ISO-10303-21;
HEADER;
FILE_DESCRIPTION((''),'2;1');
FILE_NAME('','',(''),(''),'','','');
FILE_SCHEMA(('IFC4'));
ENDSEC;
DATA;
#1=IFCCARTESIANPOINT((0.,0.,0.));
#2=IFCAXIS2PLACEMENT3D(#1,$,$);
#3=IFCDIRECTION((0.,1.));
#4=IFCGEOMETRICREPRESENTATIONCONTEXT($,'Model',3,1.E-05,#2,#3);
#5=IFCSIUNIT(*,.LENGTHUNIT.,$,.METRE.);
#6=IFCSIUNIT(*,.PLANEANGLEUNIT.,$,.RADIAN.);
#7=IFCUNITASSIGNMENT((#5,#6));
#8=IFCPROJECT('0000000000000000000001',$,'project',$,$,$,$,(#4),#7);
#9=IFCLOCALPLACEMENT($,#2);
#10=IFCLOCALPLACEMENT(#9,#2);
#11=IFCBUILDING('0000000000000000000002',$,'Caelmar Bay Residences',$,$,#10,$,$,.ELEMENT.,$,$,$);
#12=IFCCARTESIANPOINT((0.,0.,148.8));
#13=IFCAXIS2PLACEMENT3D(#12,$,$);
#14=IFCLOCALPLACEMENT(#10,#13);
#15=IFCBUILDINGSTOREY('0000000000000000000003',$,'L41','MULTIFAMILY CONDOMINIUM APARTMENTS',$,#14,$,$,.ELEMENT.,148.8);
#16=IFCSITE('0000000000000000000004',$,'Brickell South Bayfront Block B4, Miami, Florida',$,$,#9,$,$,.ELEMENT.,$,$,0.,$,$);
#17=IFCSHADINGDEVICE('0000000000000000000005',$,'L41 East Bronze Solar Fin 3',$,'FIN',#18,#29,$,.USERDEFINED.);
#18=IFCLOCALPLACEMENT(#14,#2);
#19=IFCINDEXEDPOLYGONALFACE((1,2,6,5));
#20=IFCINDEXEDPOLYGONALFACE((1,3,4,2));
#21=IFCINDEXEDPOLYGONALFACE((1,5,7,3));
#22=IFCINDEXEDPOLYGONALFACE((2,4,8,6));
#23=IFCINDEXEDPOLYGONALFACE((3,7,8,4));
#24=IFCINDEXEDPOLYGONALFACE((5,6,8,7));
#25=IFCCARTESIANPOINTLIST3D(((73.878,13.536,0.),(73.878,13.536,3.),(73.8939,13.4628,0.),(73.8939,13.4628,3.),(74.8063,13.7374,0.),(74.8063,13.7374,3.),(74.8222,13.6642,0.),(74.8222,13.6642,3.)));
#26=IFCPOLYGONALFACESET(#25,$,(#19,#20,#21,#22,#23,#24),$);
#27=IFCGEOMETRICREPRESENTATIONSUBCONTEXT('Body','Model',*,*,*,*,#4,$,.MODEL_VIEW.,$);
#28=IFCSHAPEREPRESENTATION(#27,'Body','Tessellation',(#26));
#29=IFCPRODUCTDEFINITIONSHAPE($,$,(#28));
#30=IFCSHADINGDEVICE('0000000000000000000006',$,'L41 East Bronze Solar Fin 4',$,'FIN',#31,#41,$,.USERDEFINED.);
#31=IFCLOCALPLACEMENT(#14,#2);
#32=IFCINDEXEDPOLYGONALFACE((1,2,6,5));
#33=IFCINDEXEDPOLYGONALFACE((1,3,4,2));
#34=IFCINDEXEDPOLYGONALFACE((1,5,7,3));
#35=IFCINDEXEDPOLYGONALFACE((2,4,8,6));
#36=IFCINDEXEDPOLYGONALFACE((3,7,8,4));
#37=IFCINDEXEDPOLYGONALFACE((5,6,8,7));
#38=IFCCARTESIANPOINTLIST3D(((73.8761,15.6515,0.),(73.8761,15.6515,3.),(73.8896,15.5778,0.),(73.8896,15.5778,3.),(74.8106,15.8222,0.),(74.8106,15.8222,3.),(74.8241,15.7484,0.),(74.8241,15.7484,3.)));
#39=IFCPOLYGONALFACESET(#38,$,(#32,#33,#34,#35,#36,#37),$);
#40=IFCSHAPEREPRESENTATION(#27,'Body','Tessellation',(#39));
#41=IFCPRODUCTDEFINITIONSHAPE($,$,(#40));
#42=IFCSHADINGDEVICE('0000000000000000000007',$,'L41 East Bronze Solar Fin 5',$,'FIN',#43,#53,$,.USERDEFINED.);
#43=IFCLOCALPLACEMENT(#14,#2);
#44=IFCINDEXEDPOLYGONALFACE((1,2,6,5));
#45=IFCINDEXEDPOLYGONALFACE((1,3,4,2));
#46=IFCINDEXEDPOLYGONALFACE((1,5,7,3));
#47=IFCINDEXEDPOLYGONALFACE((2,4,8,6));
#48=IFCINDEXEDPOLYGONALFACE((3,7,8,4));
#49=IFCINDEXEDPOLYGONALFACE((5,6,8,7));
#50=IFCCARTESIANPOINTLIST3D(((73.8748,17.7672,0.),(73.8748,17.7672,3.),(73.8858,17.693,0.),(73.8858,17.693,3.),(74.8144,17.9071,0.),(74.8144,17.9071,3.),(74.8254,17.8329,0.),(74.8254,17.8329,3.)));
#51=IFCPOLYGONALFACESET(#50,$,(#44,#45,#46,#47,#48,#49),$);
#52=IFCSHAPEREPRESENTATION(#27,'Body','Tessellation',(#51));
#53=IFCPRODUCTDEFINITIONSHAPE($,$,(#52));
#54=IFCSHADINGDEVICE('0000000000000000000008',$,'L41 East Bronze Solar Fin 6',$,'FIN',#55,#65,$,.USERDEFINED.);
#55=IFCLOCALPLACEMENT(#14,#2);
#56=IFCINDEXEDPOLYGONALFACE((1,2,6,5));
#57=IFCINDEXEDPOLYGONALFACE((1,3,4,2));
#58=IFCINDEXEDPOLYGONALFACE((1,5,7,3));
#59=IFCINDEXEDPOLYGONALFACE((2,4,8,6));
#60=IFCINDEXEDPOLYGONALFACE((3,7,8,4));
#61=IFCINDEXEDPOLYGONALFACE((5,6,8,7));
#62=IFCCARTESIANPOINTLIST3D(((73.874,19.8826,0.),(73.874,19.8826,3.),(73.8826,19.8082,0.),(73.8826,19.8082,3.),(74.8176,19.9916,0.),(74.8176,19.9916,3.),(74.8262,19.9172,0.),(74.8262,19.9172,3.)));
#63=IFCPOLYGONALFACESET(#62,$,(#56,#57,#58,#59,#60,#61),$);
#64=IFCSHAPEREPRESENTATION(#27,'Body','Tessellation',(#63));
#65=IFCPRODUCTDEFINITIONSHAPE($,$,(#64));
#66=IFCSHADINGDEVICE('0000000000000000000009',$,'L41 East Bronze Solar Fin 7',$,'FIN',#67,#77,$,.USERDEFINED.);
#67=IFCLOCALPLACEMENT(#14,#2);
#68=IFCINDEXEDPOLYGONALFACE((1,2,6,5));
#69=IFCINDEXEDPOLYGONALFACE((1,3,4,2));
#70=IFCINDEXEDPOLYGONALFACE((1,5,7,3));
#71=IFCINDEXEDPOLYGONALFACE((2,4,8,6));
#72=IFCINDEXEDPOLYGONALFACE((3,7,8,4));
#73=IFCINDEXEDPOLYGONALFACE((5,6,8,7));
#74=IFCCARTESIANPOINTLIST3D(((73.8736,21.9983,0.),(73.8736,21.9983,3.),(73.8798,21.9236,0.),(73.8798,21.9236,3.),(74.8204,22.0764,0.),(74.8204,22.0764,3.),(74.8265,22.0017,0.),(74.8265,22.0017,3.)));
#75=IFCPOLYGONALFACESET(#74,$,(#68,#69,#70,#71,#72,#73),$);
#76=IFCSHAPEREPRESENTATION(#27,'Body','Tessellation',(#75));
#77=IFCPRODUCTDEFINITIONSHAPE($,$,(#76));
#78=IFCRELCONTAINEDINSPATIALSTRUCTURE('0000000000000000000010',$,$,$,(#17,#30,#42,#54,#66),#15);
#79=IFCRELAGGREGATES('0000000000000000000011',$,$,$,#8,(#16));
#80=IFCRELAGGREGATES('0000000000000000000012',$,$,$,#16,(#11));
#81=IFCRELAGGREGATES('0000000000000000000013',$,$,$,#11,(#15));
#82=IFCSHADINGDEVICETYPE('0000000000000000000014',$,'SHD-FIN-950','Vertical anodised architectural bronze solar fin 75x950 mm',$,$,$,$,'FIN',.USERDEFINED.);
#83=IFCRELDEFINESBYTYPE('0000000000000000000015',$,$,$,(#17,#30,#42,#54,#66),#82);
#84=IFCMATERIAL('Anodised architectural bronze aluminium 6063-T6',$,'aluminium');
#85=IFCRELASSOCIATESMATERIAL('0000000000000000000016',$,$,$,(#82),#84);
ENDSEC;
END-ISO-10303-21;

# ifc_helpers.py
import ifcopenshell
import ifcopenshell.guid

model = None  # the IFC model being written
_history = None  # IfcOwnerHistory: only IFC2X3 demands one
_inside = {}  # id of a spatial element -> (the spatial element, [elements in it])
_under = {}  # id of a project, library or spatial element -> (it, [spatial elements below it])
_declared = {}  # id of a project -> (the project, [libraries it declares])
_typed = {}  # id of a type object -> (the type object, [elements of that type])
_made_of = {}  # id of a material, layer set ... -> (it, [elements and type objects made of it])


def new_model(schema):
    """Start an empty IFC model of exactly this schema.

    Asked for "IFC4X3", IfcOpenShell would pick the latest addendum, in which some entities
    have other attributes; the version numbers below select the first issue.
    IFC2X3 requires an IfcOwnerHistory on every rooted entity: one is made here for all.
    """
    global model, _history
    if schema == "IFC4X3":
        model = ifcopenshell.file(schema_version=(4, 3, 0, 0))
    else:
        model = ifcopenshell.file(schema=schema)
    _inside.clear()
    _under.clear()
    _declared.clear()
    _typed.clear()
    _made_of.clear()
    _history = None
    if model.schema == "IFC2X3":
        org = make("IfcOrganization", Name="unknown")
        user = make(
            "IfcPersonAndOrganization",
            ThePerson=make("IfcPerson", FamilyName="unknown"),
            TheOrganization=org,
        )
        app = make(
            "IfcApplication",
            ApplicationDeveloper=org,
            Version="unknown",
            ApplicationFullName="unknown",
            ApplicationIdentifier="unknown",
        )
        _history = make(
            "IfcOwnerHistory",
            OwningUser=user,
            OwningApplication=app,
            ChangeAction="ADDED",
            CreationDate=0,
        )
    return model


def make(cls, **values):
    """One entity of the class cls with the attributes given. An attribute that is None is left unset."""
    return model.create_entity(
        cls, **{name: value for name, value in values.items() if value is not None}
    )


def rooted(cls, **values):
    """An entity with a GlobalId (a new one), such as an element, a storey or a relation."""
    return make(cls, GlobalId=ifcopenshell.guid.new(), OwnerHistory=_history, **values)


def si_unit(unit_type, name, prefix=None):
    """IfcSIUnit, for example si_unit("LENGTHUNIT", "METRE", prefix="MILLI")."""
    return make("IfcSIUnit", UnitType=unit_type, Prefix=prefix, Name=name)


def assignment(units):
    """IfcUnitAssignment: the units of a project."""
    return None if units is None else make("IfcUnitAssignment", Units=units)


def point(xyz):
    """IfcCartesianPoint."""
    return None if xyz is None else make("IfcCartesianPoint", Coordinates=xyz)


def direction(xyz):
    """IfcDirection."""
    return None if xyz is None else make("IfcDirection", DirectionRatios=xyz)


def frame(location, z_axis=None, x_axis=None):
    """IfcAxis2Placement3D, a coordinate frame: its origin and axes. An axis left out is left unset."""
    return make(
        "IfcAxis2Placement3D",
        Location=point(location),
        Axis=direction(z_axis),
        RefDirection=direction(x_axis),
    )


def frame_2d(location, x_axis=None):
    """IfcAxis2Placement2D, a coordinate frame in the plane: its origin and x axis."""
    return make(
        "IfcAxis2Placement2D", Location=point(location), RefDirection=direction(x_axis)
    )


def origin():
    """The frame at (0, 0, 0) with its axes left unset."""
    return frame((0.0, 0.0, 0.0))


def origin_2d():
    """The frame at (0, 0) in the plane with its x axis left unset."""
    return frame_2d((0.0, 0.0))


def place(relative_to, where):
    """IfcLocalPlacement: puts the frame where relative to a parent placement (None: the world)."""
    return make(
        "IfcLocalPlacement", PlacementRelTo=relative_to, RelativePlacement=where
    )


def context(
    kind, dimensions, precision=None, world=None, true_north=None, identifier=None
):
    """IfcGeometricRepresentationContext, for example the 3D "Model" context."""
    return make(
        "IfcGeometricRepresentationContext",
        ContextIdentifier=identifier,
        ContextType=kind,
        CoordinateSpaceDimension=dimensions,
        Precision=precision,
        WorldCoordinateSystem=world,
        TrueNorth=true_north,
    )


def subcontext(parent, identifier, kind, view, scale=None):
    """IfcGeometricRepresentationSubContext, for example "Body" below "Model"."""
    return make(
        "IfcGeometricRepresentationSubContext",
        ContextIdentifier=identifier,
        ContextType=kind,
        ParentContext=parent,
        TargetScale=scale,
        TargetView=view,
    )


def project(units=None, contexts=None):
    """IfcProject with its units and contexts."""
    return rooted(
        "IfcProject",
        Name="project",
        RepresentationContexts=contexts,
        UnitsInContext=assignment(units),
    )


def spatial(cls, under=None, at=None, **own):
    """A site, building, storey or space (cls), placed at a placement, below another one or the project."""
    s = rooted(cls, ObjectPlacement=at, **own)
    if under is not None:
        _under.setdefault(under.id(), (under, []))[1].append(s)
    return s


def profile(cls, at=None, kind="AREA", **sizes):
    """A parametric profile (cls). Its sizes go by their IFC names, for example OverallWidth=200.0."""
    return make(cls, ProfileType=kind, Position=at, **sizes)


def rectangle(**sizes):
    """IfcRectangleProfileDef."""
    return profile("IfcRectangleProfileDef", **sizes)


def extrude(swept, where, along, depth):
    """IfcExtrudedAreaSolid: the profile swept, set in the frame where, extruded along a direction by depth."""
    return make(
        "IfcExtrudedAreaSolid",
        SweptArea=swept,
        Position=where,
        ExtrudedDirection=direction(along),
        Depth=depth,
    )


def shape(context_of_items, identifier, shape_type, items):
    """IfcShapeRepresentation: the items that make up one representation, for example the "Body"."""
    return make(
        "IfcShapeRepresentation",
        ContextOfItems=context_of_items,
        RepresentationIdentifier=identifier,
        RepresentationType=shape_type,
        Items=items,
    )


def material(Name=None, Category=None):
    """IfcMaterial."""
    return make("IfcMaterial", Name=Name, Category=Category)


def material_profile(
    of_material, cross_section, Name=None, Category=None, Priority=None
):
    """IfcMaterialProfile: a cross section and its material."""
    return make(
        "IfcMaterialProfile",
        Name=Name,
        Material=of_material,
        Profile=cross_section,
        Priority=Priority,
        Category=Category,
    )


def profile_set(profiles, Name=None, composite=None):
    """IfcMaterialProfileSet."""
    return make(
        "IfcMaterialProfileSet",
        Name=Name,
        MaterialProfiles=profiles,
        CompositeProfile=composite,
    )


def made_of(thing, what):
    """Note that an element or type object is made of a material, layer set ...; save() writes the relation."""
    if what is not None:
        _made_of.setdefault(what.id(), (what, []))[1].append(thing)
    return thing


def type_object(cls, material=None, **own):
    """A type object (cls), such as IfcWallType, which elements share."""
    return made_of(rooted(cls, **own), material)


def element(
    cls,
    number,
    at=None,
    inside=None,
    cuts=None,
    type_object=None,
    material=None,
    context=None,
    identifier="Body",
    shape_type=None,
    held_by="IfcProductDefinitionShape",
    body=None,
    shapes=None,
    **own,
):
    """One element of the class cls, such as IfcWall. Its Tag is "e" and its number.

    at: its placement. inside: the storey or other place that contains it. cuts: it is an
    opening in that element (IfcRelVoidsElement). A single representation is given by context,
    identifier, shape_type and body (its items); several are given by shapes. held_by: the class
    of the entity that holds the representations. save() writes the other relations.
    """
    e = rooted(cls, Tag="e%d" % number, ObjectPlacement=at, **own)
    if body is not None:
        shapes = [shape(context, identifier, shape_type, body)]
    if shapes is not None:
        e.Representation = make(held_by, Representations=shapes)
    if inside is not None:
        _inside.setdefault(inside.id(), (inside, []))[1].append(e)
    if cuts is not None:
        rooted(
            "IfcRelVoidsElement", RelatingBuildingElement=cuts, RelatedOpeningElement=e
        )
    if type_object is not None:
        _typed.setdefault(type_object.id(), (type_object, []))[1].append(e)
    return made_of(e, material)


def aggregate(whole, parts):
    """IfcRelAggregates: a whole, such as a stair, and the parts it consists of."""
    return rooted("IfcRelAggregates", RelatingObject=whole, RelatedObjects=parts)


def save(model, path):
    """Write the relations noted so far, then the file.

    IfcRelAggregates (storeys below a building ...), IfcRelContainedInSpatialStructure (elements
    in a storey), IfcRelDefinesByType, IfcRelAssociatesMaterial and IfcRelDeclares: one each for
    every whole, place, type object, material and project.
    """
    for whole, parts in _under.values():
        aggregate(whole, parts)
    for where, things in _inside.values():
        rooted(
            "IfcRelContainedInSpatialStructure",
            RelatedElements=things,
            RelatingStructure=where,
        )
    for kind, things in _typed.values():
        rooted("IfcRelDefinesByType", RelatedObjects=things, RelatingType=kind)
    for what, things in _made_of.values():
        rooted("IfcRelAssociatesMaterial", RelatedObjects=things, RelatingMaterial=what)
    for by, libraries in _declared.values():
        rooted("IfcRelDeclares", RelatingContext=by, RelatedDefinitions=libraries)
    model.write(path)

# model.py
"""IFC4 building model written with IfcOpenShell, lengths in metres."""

from ifc_helpers import new_model, si_unit, direction, frame, origin, origin_2d, place, context, subcontext, project, spatial, rectangle, extrude, material, material_profile, profile_set, type_object, element, save


model = new_model("IFC4")

# Units and contexts
model_context = context("Model", 3, precision=1e-05, world=origin(), true_north=direction((0.0, 1.0)))
body_context = subcontext(model_context, "Body", "Model", "MODEL_VIEW")
ifc_project = project(units=[si_unit("LENGTHUNIT", "METRE"), si_unit("PLANEANGLEUNIT", "RADIAN")], contexts=[model_context])

# Site, building, storey
site_placement = place(None, origin())
site = spatial("IfcSite", under=ifc_project, at=site_placement, Name="Brickell South Bayfront Block B4, Miami, Florida", CompositionType="ELEMENT", RefElevation=0.0)
building_placement = place(site_placement, origin())
building = spatial("IfcBuilding", under=site, at=building_placement, Name="Caelmar Bay Residences", CompositionType="ELEMENT")
storey_placement = place(building_placement, frame((0.0, 0.0, 148.8)))
storey = spatial("IfcBuildingStorey", under=building, at=storey_placement, Name="L41", Description="MULTIFAMILY CONDOMINIUM APARTMENTS", CompositionType="ELEMENT", Elevation=148.8)

# Shading devices
ifc_material_1 = material(Name="Anodised architectural bronze aluminium 6063-T6", Category="aluminium")
ifc_material_profile_1 = material_profile(ifc_material_1, rectangle(XDim=0.075, YDim=0.95, at=origin_2d()), Name="BRONZE-FIN-75X950")
ifc_profile_set_1 = profile_set([ifc_material_profile_1], Name="Anodised architectural bronze aluminium 6063-T6")
shading_device_type = type_object("IfcShadingDeviceType", Name="SHD-FIN-950", Description="Vertical anodised architectural bronze solar fin 75x950 mm", ElementType="FIN", PredefinedType="USERDEFINED", material=ifc_profile_set_1)
for number, where, z_axis, x_axis, name in (
    (1, (74.3501, 13.6001, 0.0), (0.0, 0.0, 1.0), (-0.212007, 0.977268, 0.0), "L41 East Bronze Solar Fin 3"),
    (2, (74.3501, 15.7, 0.0), (0.0, 0.0, 1.0), (-0.179661, 0.983729, 0.0), "L41 East Bronze Solar Fin 4"),
    (3, (74.3501, 17.8, 0.0), (0.0, 0.0, 1.0), (-0.147292, 0.989093, 0.0), "L41 East Bronze Solar Fin 5"),
    (4, (74.3501, 19.8999, 0.0), (0.0, 0.0, 1.0), (-0.114764, 0.993393, 0.0), "L41 East Bronze Solar Fin 6"),
    (5, (74.3501, 22.0, 0.0), (0.0, 0.0, 1.0), (-0.082112, 0.996623, 0.0), "L41 East Bronze Solar Fin 7"),
):
    element("IfcShadingDevice", number, at=place(storey_placement, frame(where, z_axis=z_axis, x_axis=x_axis)), inside=storey, type_object=shading_device_type, Name=name, ObjectType="FIN", PredefinedType="USERDEFINED", context=body_context, shape_type="SweptSolid", body=[
        extrude(rectangle(XDim=0.075, YDim=0.95, at=origin_2d()), origin(), (0.0, 0.0, 1.0), 3.0),
    ])

save(model, "model.ifc")
